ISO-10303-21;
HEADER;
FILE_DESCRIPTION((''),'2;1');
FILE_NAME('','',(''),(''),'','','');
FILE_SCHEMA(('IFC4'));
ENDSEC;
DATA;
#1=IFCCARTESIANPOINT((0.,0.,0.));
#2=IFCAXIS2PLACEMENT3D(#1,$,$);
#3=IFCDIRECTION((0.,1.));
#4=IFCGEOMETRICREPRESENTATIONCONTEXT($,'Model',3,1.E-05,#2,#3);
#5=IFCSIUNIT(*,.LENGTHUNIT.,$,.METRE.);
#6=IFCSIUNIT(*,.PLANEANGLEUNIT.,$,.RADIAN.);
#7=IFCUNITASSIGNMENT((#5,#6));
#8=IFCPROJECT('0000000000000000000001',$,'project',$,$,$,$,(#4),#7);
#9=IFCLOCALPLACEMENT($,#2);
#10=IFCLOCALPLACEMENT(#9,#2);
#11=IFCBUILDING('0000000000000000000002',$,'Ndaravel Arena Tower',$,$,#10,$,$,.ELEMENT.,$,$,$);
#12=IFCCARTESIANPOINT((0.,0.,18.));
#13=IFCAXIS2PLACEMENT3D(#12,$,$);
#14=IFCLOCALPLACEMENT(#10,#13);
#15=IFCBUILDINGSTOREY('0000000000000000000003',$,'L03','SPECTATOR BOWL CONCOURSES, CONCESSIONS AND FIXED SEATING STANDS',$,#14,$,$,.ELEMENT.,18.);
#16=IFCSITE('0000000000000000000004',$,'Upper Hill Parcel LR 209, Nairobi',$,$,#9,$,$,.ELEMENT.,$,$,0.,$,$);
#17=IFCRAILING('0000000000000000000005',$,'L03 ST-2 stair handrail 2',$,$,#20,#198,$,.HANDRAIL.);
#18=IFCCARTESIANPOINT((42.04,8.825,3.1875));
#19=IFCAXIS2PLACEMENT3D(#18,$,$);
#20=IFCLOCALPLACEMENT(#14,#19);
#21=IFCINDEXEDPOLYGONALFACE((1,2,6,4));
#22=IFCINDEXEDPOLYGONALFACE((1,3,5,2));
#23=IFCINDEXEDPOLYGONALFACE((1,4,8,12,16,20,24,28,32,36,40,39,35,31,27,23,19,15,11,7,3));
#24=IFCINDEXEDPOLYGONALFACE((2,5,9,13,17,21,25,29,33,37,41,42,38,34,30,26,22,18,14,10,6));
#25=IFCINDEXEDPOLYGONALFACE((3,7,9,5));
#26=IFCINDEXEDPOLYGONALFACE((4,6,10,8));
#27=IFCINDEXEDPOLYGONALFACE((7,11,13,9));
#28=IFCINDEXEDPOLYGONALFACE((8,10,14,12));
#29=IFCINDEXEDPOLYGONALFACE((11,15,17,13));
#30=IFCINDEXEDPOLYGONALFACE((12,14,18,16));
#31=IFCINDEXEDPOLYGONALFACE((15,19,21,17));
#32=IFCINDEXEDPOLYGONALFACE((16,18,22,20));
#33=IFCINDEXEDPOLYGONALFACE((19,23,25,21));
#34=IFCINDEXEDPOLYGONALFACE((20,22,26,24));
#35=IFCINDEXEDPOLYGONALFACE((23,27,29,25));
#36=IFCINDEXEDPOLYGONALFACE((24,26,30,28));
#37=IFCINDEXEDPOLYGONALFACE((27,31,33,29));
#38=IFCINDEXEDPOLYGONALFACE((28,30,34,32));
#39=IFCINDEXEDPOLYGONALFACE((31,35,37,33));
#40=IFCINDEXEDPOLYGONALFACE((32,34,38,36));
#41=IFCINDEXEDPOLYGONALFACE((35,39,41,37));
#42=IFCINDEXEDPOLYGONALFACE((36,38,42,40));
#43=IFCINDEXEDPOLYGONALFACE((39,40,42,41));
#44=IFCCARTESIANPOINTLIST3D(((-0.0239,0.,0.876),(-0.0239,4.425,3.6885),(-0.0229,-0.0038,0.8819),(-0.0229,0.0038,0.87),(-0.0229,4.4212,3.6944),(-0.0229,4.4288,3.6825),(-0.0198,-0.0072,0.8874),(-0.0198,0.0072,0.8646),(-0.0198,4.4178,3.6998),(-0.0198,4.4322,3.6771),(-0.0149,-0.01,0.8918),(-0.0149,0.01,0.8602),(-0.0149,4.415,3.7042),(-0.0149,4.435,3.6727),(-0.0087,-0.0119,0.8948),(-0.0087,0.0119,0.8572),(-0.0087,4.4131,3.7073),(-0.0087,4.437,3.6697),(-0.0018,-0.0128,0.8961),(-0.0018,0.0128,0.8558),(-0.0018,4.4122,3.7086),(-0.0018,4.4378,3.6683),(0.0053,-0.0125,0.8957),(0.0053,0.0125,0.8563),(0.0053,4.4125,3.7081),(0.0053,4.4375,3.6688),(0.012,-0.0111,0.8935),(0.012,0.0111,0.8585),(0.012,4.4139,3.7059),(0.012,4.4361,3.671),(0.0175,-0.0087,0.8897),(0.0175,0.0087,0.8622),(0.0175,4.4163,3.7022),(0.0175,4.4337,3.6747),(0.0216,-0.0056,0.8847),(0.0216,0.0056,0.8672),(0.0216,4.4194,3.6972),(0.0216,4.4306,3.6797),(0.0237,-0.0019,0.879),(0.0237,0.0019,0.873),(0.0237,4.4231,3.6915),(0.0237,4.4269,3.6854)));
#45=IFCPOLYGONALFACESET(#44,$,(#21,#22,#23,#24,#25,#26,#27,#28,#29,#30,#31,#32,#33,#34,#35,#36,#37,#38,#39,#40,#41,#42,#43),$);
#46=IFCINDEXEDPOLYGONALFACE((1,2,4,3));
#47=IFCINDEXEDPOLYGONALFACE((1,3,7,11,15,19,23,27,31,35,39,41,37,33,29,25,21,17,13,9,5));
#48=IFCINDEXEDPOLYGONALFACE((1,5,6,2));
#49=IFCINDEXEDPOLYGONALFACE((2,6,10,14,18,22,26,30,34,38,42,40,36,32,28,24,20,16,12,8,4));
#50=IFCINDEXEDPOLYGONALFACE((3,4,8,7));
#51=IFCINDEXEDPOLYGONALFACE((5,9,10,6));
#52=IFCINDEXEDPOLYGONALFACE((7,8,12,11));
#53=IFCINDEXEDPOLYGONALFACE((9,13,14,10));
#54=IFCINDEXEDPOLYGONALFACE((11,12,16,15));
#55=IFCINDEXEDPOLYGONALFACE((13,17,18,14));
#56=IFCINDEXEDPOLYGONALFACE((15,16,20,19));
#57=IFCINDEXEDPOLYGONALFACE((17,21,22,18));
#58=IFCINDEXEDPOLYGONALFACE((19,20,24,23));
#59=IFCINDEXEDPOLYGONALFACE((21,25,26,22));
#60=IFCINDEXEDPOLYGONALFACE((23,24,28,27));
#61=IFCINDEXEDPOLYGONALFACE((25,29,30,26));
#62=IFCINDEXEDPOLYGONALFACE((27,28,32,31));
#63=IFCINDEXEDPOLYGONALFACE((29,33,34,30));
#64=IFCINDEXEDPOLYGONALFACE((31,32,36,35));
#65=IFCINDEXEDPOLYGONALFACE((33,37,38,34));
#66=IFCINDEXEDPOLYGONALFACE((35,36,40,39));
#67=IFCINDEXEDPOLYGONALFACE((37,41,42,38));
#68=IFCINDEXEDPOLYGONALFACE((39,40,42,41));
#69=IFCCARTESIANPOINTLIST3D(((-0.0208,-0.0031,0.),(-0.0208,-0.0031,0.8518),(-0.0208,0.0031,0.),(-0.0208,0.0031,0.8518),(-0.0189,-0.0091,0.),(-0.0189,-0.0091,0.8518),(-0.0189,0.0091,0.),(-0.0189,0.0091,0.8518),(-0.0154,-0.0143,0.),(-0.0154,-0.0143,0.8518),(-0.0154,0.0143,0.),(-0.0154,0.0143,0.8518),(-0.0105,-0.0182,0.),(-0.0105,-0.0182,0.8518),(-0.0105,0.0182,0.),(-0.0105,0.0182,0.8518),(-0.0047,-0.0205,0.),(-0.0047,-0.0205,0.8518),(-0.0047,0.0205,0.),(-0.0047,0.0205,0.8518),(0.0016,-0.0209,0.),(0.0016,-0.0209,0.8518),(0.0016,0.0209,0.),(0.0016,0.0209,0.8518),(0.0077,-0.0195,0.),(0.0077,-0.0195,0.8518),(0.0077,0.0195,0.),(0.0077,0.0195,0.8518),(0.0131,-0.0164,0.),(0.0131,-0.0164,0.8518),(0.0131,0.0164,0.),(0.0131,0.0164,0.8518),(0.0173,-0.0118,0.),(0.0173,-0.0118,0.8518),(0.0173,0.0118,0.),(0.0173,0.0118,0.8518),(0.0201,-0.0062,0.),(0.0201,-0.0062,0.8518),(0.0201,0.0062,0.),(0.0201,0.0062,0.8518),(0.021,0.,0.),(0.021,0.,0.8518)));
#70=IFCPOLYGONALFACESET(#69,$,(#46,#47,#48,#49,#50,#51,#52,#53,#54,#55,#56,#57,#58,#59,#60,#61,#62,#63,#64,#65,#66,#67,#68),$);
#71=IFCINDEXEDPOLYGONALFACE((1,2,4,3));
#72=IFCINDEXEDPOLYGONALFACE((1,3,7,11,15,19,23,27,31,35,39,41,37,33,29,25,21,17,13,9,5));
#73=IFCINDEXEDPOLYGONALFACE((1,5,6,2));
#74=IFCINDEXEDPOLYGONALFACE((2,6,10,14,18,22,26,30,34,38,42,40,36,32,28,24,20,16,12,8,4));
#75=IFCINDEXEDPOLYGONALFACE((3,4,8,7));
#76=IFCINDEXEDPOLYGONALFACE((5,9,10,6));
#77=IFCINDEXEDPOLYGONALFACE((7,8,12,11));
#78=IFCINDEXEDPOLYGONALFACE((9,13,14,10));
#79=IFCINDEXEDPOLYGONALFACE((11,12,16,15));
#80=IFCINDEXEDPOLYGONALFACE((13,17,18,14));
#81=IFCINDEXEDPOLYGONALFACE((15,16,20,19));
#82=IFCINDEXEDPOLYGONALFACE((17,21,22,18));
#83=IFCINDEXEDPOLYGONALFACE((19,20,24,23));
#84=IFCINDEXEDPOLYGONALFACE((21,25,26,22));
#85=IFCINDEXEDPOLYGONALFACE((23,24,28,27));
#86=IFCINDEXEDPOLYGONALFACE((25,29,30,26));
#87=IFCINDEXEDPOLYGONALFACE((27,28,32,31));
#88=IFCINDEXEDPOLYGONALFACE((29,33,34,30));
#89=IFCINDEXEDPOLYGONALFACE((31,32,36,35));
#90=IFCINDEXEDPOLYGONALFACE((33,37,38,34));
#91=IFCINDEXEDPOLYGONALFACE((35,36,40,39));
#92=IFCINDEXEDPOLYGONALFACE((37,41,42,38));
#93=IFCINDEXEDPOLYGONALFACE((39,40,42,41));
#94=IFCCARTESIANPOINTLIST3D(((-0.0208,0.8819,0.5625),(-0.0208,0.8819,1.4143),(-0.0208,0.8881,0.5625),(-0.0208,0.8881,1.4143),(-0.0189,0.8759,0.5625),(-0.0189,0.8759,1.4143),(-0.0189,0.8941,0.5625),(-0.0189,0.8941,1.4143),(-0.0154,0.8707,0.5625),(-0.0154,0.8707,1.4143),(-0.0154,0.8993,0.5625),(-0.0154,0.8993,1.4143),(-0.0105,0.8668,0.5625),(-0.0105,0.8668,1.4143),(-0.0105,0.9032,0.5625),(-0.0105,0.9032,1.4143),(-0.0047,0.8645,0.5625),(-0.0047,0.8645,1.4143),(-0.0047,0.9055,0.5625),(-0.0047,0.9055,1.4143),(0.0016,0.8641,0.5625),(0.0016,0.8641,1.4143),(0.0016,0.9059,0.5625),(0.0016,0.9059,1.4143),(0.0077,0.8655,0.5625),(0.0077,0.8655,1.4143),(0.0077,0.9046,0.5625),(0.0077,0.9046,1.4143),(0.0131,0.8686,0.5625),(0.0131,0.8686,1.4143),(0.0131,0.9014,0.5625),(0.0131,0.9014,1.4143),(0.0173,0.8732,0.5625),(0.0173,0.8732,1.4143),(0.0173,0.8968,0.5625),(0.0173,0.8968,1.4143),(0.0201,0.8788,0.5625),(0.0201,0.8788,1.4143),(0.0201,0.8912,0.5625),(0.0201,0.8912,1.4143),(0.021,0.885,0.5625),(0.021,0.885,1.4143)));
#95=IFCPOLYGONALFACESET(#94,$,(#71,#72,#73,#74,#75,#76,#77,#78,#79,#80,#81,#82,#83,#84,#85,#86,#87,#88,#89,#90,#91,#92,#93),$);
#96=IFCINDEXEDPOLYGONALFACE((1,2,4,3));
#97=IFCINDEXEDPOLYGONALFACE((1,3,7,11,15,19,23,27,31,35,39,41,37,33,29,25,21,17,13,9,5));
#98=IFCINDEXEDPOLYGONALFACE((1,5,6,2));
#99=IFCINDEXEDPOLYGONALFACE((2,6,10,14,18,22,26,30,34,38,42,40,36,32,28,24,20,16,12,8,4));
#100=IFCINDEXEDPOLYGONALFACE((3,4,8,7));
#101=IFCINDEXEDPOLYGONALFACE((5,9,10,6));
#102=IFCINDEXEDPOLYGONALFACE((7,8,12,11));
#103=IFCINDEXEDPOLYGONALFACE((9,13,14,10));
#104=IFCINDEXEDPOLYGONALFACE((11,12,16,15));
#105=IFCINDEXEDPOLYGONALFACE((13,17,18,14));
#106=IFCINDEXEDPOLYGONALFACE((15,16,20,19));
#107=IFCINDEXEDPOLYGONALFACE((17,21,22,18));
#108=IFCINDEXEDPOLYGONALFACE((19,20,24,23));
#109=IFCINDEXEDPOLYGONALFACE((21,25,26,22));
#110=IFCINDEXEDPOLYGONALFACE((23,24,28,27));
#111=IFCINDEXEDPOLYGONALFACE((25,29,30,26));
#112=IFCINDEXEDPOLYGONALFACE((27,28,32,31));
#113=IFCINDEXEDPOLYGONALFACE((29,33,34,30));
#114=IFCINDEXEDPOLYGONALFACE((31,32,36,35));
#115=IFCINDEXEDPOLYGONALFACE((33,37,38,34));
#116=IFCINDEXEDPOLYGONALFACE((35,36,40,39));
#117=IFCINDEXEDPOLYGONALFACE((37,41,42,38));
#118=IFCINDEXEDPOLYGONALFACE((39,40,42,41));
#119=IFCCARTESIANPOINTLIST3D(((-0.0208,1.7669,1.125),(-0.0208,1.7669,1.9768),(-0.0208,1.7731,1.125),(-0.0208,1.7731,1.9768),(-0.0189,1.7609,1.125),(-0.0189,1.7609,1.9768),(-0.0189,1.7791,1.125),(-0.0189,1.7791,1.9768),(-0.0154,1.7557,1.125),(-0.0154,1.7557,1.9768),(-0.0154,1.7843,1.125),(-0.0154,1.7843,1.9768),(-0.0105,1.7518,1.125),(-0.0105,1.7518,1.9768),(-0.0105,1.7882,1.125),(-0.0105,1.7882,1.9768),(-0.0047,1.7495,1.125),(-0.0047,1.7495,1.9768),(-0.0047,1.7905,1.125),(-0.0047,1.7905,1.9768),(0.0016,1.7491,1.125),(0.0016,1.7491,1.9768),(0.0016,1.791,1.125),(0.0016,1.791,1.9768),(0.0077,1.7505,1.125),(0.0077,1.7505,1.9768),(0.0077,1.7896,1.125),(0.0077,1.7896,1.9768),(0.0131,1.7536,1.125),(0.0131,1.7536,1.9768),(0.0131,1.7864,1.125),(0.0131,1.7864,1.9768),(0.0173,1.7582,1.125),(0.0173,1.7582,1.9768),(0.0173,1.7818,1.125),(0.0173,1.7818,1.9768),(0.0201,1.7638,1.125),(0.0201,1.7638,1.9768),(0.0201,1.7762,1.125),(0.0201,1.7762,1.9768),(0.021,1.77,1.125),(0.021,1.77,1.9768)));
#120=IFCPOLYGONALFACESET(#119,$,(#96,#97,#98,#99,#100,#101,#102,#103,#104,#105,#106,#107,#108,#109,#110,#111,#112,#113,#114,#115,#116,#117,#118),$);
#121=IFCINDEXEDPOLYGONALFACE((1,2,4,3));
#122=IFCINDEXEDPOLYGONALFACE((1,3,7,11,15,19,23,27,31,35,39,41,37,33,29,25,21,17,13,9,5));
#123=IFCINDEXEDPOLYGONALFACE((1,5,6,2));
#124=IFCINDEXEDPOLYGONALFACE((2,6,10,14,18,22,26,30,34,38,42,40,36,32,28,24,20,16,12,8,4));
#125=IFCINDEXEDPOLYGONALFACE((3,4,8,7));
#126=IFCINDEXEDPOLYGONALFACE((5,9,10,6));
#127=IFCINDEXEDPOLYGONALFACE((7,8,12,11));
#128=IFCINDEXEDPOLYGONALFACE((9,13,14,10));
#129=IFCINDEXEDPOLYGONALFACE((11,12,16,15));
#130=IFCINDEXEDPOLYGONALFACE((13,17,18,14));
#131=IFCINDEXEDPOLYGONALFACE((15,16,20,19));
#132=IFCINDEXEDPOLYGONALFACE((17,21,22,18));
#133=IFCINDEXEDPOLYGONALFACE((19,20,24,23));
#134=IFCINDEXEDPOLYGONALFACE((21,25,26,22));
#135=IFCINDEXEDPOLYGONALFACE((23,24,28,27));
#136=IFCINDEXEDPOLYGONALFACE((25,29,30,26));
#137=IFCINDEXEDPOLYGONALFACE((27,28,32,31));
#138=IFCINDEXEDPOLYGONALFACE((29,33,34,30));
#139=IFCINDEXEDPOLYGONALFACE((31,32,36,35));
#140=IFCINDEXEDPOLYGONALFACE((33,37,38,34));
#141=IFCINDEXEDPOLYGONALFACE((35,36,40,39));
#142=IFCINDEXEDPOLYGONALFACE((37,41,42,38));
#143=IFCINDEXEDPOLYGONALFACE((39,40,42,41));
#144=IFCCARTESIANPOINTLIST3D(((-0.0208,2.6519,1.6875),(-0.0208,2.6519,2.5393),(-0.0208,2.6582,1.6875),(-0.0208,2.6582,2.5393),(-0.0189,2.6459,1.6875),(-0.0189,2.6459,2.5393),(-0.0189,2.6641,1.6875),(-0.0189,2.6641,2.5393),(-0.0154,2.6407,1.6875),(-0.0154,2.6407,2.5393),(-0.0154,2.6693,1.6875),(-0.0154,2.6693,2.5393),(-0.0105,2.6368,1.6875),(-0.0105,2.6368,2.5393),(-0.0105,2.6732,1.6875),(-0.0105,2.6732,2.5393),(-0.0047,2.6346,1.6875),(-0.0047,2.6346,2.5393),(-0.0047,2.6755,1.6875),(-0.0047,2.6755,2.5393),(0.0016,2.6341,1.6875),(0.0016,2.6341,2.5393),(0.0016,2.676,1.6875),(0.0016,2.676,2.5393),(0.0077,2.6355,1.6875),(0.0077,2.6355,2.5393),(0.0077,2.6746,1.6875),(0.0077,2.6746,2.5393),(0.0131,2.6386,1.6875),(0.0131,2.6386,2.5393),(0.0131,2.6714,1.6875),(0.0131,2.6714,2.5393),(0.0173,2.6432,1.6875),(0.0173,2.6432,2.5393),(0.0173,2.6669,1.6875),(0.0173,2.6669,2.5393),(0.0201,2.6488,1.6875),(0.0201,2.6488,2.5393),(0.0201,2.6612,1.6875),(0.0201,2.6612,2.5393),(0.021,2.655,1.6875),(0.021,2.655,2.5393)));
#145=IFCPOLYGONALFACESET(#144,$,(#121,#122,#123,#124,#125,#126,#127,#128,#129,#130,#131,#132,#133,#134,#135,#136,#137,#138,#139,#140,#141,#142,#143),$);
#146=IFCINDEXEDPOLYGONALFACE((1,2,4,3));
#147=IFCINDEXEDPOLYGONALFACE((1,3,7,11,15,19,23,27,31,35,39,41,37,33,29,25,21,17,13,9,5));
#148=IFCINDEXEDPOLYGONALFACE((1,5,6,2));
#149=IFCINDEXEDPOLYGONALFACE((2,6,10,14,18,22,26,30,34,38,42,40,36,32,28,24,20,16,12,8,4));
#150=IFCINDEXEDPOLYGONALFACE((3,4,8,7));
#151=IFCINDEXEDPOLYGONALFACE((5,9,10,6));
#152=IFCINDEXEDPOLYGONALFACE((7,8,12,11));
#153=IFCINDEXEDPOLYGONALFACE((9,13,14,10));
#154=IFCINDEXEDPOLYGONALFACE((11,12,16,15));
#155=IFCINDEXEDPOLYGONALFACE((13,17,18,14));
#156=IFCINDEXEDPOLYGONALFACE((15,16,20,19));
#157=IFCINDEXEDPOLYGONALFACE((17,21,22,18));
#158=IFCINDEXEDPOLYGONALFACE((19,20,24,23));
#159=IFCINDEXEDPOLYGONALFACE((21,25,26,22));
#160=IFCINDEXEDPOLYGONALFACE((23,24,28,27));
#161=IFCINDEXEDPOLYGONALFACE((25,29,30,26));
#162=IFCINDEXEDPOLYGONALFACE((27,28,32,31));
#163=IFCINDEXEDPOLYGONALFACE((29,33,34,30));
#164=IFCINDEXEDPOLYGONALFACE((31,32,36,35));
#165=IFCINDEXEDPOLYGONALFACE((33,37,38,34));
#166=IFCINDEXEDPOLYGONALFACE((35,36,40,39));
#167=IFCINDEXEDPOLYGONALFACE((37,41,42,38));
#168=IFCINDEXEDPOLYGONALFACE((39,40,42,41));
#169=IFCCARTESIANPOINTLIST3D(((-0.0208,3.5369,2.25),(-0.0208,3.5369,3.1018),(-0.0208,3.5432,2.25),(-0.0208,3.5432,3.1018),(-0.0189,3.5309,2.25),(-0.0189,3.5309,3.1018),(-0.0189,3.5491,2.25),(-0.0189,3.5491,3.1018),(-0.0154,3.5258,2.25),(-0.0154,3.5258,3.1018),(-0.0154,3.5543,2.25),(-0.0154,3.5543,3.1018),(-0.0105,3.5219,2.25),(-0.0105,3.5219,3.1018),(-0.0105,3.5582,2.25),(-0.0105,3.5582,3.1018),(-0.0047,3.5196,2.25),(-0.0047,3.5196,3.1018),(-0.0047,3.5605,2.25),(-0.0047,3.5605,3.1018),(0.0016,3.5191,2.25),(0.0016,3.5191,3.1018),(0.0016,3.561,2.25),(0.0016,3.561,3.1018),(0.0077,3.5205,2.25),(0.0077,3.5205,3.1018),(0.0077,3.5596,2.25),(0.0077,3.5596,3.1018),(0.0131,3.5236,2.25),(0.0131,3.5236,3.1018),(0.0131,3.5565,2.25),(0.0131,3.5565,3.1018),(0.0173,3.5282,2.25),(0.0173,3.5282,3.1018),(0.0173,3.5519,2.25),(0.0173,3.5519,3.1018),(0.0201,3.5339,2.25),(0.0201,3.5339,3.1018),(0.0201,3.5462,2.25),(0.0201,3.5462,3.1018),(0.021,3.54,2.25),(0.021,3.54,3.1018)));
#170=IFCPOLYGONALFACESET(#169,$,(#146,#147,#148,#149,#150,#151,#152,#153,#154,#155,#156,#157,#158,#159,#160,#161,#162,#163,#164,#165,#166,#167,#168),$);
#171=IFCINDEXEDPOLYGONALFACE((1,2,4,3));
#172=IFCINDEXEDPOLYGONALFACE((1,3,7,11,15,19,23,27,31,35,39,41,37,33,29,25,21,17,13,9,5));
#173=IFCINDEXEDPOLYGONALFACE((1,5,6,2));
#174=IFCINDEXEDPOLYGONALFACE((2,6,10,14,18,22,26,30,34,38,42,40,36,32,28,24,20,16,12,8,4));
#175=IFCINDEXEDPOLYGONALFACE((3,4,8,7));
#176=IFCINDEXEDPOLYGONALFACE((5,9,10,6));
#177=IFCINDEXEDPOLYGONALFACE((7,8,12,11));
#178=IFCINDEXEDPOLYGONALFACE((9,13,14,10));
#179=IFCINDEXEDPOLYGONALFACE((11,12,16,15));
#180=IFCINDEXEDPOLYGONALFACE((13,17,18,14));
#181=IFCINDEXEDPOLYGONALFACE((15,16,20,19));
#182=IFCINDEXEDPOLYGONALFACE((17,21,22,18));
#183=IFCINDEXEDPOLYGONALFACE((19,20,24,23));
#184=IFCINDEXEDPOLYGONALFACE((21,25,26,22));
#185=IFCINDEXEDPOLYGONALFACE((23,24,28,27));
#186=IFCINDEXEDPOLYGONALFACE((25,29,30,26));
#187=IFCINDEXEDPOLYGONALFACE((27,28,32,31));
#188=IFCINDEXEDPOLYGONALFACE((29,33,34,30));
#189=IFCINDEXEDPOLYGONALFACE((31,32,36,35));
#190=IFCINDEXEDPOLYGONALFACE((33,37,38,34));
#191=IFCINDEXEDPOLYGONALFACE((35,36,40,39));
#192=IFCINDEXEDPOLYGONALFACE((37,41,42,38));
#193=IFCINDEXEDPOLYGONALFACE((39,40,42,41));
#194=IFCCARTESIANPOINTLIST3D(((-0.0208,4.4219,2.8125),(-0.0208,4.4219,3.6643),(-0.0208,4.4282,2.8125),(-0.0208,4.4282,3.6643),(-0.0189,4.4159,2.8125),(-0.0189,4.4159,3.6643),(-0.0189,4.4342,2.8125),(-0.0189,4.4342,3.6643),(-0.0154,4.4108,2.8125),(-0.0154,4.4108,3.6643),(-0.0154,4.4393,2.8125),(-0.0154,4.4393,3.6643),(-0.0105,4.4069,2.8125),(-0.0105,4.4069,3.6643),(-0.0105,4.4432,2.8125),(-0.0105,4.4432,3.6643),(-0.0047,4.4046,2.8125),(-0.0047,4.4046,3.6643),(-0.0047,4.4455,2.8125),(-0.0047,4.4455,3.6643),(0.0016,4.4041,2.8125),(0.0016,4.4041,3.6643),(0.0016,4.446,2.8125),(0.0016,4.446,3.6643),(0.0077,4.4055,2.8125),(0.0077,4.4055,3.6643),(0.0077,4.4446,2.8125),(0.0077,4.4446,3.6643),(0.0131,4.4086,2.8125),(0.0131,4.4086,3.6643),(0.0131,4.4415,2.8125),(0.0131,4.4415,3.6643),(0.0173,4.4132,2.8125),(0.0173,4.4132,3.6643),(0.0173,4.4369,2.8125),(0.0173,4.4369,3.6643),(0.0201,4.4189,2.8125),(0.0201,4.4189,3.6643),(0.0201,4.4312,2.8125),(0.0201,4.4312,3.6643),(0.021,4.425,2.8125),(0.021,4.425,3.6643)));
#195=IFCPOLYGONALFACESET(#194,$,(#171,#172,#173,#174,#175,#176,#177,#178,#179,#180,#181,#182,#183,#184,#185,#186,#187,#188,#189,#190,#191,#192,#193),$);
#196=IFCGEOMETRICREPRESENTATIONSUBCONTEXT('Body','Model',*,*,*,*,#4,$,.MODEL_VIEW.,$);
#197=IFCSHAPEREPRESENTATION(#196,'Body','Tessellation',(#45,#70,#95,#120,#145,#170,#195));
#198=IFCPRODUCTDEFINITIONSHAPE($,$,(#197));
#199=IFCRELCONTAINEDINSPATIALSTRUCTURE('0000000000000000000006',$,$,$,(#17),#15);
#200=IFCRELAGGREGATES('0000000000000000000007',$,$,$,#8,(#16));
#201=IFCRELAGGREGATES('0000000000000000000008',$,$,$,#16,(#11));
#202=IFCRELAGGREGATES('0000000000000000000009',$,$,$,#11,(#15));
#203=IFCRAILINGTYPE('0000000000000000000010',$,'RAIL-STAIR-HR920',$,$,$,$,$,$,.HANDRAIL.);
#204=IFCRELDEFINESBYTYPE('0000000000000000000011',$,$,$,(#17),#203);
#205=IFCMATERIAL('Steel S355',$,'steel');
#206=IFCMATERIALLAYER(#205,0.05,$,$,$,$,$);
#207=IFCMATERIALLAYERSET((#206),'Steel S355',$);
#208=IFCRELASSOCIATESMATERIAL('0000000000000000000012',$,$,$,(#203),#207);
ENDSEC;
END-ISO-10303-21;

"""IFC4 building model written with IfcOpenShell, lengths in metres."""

from ifc_helpers import new_model, si_unit, direction, frame, origin, origin_2d, place, context, subcontext, project, spatial, circle, extrude, material, layer, layer_set, type_object, element, save


model = new_model("IFC4")

# Units and contexts
model_context = context("Model", 3, precision=1e-05, world=origin(), true_north=direction((0.0, 1.0)))
body_context = subcontext(model_context, "Body", "Model", "MODEL_VIEW")
ifc_project = project(units=[si_unit("LENGTHUNIT", "METRE"), si_unit("PLANEANGLEUNIT", "RADIAN")], contexts=[model_context])

# Site, building, storey
site_placement = place(None, origin())
site = spatial("IfcSite", under=ifc_project, at=site_placement, Name="Upper Hill Parcel LR 209, Nairobi", CompositionType="ELEMENT", RefElevation=0.0)
building_placement = place(site_placement, origin())
building = spatial("IfcBuilding", under=site, at=building_placement, Name="Ndaravel Arena Tower", CompositionType="ELEMENT")
storey_placement = place(building_placement, frame((0.0, 0.0, 18.0)))
storey = spatial("IfcBuildingStorey", under=building, at=storey_placement, Name="L03", Description="SPECTATOR BOWL CONCOURSES, CONCESSIONS AND FIXED SEATING STANDS", CompositionType="ELEMENT", Elevation=18.0)

# Railing
ifc_material_1 = material(Name="Steel S355", Category="steel")
ifc_layer_1 = layer(ifc_material_1, 0.05)
ifc_layer_set_1 = layer_set([ifc_layer_1], Name="Steel S355")
railing_type_1 = type_object("IfcRailingType", Name="RAIL-STAIR-HR920", PredefinedType="HANDRAIL", material=ifc_layer_set_1)
railing_1_placement = place(storey_placement, frame((42.04, 8.825, 3.1875)))
element("IfcRailing", 1, at=railing_1_placement, inside=storey, type_object=railing_type_1, Name="L03 ST-2 stair handrail 2", PredefinedType="HANDRAIL", context=body_context, shape_type="SweptSolid", body=[
    extrude(circle(Radius=0.0239, at=origin_2d()), frame((0.0, 0.0, 0.876), z_axis=(0.0, 0.843959, 0.536408), x_axis=(-1.0, 0.0, 0.0)), (0.0, 0.0, 1.0), 5.2432),
    extrude(circle(Radius=0.021, at=origin_2d()), origin(), (0.0, 0.0, 1.0), 0.8518),
    extrude(circle(Radius=0.021, at=origin_2d()), frame((0.0, 0.885, 0.5625)), (0.0, 0.0, 1.0), 0.8518),
    extrude(circle(Radius=0.021, at=origin_2d()), frame((0.0, 1.77, 1.125)), (0.0, 0.0, 1.0), 0.8518),
    extrude(circle(Radius=0.021, at=origin_2d()), frame((0.0, 2.655, 1.6875)), (0.0, 0.0, 1.0), 0.8518),
    extrude(circle(Radius=0.021, at=origin_2d()), frame((0.0, 3.54, 2.25)), (0.0, 0.0, 1.0), 0.8518),
    extrude(circle(Radius=0.021, at=origin_2d()), frame((0.0, 4.425, 2.8125)), (0.0, 0.0, 1.0), 0.8518),
])

save(model, "model.ifc")
